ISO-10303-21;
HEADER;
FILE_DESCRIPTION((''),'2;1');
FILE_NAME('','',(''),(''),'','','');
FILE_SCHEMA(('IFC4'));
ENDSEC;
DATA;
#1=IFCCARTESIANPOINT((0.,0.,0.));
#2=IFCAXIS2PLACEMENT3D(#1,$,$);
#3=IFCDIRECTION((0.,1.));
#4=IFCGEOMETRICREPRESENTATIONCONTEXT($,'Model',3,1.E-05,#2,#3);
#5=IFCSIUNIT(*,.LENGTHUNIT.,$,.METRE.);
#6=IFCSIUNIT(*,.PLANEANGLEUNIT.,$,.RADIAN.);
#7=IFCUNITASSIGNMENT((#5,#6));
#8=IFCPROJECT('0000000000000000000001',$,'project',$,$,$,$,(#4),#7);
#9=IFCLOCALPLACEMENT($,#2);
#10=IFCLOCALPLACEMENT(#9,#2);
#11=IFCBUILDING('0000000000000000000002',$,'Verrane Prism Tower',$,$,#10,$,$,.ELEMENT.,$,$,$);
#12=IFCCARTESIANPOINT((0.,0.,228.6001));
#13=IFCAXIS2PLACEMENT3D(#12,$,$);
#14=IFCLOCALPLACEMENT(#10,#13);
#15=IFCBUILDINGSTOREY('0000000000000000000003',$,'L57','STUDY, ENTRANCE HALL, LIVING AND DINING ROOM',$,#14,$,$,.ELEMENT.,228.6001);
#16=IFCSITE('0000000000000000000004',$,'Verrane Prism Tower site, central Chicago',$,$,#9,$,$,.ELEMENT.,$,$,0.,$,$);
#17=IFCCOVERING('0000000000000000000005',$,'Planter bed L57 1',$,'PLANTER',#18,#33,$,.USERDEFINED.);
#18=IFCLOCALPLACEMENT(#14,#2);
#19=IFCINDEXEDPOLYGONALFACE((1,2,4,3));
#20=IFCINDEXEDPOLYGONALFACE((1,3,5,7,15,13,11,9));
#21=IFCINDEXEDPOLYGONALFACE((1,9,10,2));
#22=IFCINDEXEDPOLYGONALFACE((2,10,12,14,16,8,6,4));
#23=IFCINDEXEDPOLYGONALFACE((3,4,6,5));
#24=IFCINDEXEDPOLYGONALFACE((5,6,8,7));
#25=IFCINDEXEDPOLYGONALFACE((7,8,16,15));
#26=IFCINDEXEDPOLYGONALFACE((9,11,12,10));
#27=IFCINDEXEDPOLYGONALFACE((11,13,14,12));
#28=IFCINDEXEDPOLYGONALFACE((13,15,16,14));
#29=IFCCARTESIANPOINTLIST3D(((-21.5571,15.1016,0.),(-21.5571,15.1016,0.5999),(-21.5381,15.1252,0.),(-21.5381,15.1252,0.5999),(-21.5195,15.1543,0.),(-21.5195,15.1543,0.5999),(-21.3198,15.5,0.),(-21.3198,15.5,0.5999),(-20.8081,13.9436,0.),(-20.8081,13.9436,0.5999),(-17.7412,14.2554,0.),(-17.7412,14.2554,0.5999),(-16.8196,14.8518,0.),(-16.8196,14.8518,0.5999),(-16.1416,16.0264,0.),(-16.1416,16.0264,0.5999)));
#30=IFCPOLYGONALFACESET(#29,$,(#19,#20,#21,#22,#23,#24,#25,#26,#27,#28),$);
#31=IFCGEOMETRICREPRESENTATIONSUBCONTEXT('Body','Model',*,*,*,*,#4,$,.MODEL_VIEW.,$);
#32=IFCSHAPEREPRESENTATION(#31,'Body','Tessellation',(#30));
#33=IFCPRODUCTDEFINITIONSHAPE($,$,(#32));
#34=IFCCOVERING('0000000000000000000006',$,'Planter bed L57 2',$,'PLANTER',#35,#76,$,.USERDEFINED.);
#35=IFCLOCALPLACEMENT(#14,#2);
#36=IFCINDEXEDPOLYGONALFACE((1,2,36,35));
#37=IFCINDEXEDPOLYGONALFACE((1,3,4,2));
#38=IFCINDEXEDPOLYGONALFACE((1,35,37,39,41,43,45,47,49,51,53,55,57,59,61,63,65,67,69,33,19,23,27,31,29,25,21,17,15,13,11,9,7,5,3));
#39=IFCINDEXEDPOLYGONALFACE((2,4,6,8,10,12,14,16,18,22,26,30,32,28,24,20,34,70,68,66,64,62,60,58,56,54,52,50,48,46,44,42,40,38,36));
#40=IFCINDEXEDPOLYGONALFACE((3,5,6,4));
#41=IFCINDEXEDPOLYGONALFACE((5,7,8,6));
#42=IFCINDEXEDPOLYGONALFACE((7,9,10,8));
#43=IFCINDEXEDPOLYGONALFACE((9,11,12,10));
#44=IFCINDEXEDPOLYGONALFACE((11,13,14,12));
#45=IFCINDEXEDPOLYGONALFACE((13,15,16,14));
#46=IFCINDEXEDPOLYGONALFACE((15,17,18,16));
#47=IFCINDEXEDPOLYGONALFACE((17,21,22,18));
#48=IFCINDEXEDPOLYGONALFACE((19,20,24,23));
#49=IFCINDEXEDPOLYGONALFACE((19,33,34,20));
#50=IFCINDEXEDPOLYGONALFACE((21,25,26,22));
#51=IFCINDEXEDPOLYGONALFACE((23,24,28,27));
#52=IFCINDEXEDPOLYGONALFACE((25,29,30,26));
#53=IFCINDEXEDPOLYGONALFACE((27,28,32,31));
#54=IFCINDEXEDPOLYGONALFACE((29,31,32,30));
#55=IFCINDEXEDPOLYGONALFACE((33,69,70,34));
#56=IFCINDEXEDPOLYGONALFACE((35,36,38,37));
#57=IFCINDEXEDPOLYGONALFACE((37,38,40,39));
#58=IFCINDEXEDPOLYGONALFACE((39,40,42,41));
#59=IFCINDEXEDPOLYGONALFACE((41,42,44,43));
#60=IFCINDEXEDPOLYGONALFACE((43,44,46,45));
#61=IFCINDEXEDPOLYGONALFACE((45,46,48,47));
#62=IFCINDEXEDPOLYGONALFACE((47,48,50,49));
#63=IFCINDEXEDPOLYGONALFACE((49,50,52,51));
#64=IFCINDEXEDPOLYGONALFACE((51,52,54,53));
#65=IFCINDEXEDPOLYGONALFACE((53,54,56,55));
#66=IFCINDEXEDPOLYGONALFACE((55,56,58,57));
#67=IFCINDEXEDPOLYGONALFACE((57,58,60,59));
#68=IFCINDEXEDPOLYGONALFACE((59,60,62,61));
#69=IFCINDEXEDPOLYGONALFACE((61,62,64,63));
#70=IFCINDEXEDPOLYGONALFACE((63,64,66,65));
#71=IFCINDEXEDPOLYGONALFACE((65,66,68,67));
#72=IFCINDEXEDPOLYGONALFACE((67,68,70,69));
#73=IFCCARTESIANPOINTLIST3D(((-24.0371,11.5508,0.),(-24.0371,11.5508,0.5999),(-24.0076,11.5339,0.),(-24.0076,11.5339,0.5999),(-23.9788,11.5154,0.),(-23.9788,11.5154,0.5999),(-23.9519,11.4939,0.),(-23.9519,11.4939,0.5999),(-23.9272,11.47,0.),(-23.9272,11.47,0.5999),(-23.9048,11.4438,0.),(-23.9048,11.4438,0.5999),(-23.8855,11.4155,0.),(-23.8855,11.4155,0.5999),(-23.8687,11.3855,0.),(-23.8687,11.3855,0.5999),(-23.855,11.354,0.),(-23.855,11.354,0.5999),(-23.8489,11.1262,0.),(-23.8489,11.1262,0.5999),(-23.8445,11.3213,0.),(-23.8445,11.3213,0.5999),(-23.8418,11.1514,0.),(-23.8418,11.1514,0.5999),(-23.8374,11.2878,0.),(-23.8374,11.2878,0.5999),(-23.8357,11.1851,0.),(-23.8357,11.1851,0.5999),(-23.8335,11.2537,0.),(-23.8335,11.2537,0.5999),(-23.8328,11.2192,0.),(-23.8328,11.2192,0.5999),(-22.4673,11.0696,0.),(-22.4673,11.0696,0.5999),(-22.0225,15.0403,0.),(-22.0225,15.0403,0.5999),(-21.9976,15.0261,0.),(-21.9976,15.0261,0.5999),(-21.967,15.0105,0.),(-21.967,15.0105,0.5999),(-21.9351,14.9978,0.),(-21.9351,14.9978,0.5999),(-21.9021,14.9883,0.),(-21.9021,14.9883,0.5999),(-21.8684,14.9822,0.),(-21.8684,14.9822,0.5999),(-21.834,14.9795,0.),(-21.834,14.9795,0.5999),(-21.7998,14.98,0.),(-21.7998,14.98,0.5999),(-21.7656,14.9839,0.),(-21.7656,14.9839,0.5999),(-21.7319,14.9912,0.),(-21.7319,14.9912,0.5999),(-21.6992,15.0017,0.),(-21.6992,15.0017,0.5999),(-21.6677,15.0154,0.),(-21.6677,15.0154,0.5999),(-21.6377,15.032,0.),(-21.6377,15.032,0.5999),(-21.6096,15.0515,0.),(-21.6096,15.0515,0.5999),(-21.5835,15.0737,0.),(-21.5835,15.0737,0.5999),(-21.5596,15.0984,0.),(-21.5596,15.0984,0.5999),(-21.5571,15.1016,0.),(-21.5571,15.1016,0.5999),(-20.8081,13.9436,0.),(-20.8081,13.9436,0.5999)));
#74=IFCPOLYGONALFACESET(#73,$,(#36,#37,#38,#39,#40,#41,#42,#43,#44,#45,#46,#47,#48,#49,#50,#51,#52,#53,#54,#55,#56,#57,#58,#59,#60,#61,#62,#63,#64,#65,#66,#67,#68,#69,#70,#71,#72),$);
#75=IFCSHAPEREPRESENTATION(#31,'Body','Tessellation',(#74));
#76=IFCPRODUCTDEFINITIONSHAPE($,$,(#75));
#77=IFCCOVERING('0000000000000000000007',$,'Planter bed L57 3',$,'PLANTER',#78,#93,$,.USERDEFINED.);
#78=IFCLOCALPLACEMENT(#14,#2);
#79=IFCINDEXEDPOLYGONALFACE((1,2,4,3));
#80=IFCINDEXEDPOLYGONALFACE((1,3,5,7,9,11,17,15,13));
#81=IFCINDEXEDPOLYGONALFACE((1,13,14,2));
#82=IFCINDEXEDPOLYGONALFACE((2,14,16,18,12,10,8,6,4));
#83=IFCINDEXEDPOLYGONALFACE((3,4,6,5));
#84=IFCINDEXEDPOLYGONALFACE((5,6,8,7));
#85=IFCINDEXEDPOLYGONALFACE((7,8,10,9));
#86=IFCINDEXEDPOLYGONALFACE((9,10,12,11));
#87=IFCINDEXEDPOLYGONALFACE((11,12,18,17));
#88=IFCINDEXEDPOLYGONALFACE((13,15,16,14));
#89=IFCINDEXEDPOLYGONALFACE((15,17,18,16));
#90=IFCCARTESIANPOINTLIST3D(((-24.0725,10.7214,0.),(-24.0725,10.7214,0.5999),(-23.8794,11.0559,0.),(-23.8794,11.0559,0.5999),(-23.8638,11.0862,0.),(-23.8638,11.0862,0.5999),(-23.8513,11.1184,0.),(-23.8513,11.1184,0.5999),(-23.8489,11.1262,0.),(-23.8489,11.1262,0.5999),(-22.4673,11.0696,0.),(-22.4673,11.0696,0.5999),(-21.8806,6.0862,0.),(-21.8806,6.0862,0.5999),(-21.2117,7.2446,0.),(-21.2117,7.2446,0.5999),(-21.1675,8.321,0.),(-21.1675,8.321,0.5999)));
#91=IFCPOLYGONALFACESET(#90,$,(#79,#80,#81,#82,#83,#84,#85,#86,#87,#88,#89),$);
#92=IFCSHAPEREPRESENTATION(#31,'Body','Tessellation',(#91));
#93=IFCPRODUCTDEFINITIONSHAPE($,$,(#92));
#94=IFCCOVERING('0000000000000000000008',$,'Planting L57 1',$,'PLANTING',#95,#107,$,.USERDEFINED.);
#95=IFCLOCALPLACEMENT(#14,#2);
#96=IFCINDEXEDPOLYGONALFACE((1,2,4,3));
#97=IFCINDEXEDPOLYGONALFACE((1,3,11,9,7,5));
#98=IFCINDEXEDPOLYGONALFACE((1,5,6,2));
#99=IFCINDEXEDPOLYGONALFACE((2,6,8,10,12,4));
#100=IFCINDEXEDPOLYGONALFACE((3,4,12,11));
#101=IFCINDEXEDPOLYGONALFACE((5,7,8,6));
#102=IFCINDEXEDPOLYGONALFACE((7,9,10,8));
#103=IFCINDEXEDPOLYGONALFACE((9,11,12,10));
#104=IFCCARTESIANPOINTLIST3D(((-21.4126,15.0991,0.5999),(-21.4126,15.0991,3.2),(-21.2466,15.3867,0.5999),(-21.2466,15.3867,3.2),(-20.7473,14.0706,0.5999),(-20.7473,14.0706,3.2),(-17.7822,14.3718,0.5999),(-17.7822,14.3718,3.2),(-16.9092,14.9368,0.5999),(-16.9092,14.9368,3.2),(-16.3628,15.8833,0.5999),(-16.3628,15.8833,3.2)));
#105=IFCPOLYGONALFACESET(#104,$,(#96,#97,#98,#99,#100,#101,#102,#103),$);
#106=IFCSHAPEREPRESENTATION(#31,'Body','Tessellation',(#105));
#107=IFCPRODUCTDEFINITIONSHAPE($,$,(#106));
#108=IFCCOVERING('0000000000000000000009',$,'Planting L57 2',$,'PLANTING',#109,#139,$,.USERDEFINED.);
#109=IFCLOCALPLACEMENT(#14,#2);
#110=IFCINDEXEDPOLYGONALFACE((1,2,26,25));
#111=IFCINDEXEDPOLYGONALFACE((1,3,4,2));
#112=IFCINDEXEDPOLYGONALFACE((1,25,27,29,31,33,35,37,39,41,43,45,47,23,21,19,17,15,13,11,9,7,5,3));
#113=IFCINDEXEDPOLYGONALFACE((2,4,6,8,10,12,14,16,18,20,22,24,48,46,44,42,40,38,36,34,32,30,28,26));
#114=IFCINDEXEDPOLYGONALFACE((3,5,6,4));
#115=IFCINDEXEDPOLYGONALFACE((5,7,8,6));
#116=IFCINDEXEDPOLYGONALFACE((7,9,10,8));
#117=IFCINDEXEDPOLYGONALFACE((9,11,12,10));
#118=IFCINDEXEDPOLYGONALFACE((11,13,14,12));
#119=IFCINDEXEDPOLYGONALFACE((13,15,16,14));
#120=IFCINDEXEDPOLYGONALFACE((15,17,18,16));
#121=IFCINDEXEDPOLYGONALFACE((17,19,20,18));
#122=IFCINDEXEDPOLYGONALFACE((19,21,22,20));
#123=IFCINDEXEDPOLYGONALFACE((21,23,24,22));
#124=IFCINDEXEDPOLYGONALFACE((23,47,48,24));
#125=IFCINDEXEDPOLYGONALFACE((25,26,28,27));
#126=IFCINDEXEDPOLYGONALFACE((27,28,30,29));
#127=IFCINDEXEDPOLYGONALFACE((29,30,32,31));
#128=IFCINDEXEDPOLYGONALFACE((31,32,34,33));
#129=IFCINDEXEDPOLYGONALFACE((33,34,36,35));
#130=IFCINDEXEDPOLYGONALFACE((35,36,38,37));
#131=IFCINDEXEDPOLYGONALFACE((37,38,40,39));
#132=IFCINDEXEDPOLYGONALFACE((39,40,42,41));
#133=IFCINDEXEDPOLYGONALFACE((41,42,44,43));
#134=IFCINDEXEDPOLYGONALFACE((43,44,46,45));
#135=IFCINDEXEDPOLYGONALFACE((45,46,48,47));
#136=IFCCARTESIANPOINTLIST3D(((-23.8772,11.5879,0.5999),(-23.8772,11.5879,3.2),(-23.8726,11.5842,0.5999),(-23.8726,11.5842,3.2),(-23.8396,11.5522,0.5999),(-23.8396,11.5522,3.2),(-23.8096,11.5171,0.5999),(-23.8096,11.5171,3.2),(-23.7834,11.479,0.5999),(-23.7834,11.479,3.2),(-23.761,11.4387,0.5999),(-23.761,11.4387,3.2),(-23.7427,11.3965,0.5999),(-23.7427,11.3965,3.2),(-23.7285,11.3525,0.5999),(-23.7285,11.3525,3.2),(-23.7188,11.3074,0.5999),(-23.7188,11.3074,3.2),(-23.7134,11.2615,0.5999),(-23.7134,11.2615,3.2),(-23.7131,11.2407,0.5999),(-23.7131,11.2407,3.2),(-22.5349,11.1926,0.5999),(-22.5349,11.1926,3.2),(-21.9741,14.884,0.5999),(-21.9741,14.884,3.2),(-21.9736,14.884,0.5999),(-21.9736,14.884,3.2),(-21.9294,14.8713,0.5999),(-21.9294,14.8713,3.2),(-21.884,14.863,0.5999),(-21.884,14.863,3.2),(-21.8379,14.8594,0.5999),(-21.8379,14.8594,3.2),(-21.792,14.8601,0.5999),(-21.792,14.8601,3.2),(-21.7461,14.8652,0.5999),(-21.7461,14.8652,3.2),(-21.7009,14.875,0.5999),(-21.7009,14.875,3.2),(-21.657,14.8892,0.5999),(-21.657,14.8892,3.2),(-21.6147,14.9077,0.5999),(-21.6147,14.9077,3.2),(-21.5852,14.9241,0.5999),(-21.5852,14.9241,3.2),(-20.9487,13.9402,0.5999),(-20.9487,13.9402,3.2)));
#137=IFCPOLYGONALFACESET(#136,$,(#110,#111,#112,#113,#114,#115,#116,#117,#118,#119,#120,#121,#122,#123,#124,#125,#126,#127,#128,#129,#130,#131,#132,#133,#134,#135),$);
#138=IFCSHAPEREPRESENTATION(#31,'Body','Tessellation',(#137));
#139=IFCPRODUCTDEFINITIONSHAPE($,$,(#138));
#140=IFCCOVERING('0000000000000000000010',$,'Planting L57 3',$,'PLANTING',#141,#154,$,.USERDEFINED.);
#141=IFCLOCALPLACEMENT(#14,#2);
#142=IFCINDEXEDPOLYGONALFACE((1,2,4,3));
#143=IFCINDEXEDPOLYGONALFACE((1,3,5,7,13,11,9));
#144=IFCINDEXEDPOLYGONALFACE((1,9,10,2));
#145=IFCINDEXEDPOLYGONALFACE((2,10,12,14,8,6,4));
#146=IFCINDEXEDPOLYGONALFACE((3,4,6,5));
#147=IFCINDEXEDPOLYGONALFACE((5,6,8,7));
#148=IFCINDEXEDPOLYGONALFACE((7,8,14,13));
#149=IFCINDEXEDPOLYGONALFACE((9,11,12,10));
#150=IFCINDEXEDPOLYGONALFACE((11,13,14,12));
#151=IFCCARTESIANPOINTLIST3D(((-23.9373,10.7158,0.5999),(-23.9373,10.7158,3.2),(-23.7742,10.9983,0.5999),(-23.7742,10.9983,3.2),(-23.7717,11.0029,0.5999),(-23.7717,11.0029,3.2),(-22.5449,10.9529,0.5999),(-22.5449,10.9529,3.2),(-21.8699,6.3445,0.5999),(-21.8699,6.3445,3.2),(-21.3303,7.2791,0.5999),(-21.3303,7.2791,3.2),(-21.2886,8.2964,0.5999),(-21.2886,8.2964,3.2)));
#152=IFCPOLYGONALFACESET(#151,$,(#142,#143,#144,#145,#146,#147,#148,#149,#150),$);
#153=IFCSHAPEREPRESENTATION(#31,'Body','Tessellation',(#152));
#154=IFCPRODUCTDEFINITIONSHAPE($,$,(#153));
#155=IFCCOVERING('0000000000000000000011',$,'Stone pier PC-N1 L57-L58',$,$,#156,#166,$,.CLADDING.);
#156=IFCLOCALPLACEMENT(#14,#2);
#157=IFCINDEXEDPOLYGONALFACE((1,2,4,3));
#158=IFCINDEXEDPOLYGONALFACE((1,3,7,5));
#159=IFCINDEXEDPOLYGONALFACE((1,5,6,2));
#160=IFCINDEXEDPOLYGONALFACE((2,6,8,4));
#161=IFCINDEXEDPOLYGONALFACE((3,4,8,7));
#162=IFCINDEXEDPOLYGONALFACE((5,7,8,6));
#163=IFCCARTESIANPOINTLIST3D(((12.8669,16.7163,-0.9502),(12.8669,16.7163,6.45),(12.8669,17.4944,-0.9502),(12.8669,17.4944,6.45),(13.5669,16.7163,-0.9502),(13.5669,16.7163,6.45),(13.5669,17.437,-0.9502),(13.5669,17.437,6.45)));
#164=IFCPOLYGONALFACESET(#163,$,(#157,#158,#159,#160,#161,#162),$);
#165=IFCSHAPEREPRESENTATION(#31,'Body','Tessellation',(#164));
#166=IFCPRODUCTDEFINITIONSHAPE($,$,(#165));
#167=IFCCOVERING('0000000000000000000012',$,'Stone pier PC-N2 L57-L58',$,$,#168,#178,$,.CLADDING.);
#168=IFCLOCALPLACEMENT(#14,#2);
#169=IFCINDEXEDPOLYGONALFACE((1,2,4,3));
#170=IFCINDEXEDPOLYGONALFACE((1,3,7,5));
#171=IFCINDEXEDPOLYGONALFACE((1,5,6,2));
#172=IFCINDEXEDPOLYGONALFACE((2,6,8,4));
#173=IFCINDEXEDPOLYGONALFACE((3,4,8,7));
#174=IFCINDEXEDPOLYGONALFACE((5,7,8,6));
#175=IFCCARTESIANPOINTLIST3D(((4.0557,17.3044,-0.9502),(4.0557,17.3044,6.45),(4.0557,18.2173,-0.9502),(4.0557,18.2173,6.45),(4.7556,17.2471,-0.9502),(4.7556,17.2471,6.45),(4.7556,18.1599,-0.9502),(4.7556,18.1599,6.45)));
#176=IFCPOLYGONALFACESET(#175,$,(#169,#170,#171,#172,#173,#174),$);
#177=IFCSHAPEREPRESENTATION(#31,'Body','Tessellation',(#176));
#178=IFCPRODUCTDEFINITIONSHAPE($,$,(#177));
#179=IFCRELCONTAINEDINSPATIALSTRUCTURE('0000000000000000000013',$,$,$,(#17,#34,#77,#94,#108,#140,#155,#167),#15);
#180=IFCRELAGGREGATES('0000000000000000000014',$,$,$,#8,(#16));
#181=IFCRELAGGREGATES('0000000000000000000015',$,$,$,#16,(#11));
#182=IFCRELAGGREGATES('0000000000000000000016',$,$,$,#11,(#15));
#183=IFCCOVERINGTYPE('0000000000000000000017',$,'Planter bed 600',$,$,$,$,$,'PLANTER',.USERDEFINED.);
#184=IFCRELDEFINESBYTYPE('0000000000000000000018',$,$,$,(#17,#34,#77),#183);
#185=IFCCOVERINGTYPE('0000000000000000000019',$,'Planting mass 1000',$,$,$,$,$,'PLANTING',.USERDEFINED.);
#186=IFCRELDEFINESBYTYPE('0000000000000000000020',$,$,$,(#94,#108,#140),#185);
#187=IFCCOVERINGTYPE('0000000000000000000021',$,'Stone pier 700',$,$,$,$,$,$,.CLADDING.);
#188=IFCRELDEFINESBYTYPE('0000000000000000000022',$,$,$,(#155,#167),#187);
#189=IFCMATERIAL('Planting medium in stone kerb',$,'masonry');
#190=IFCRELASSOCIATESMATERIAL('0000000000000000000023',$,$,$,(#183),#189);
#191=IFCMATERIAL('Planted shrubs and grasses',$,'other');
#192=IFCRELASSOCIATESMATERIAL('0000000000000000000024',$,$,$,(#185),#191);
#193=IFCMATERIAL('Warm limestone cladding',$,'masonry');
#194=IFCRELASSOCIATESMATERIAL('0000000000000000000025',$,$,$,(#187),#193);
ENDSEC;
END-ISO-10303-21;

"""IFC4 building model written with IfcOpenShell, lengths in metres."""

from ifc_helpers import new_model, si_unit, direction, frame, origin, place, context, subcontext, project, spatial, polyline, outline, extrude, material, type_object, element, save


model = new_model("IFC4")

# Units and contexts
model_context = context("Model", 3, precision=1e-05, world=origin(), true_north=direction((0.0, 1.0)))
body_context = subcontext(model_context, "Body", "Model", "MODEL_VIEW")
ifc_project = project(units=[si_unit("LENGTHUNIT", "METRE"), si_unit("PLANEANGLEUNIT", "RADIAN")], contexts=[model_context])

# Site, building, storey
site_placement = place(None, origin())
site = spatial("IfcSite", under=ifc_project, at=site_placement, Name="Verrane Prism Tower site, central Chicago", CompositionType="ELEMENT", RefElevation=0.0)
building_placement = place(site_placement, origin())
building = spatial("IfcBuilding", under=site, at=building_placement, Name="Verrane Prism Tower", CompositionType="ELEMENT")
storey_placement = place(building_placement, frame((0.0, 0.0, 228.6001)))
storey = spatial("IfcBuildingStorey", under=building, at=storey_placement, Name="L57", Description="STUDY, ENTRANCE HALL, LIVING AND DINING ROOM", CompositionType="ELEMENT", Elevation=228.6001)

# Coverings
ifc_material_1 = material(Name="Planting medium in stone kerb", Category="masonry")
covering_type_1 = type_object("IfcCoveringType", Name="Planter bed 600", ElementType="PLANTER", PredefinedType="USERDEFINED", material=ifc_material_1)
covering_1_placement = place(storey_placement, origin())
element("IfcCovering", 1, at=covering_1_placement, inside=storey, type_object=covering_type_1, Name="Planter bed L57 1", ObjectType="PLANTER", PredefinedType="USERDEFINED", context=body_context, shape_type="SweptSolid", body=[
    extrude(outline(polyline([(-21.5571, 15.1016), (-20.8081, 13.9436), (-17.7412, 14.2554), (-16.8196, 14.8518), (-16.1416, 16.0264), (-21.3198, 15.5), (-21.5195, 15.1543), (-21.5381, 15.1252), (-21.5571, 15.1016)])), origin(), (0.0, 0.0, 1.0), 0.5999),
])
covering_2_placement = place(storey_placement, origin())
element("IfcCovering", 2, at=covering_2_placement, inside=storey, type_object=covering_type_1, Name="Planter bed L57 2", ObjectType="PLANTER", PredefinedType="USERDEFINED", context=body_context, shape_type="SweptSolid", body=[
    extrude(outline(polyline([(-23.8489, 11.1262), (-22.4673, 11.0696), (-20.8081, 13.9436), (-21.5571, 15.1016), (-21.5596, 15.0984), (-21.5835, 15.0737), (-21.6096, 15.0515), (-21.6377, 15.032), (-21.6677, 15.0154), (-21.6992, 15.0017), (-21.7319, 14.9912), (-21.7656, 14.9839), (-21.7998, 14.98), (-21.834, 14.9795), (-21.8684, 14.9822), (-21.9021, 14.9883), (-21.9351, 14.9978), (-21.967, 15.0105), (-21.9976, 15.0261), (-22.0225, 15.0403), (-24.0371, 11.5508), (-24.0076, 11.5339), (-23.9788, 11.5154), (-23.9519, 11.4939), (-23.9272, 11.47), (-23.9048, 11.4438), (-23.8855, 11.4155), (-23.8687, 11.3855), (-23.855, 11.354), (-23.8445, 11.3213), (-23.8374, 11.2878), (-23.8335, 11.2537), (-23.8328, 11.2192), (-23.8357, 11.1851), (-23.8418, 11.1514), (-23.8489, 11.1262)])), origin(), (0.0, 0.0, 1.0), 0.5999),
])
covering_3_placement = place(storey_placement, origin())
element("IfcCovering", 3, at=covering_3_placement, inside=storey, type_object=covering_type_1, Name="Planter bed L57 3", ObjectType="PLANTER", PredefinedType="USERDEFINED", context=body_context, shape_type="SweptSolid", body=[
    extrude(outline(polyline([(-21.8806, 6.0862), (-21.2117, 7.2446), (-21.1675, 8.321), (-22.4673, 11.0696), (-23.8489, 11.1262), (-23.8513, 11.1184), (-23.8638, 11.0862), (-23.8794, 11.0559), (-24.0725, 10.7214), (-21.8806, 6.0862)])), origin(), (0.0, 0.0, 1.0), 0.5999),
])
ifc_material_2 = material(Name="Planted shrubs and grasses", Category="other")
covering_type_2 = type_object("IfcCoveringType", Name="Planting mass 1000", ElementType="PLANTING", PredefinedType="USERDEFINED", material=ifc_material_2)
covering_4_placement = place(storey_placement, frame((0.0, 0.0, 0.5999)))
element("IfcCovering", 4, at=covering_4_placement, inside=storey, type_object=covering_type_2, Name="Planting L57 1", ObjectType="PLANTING", PredefinedType="USERDEFINED", context=body_context, shape_type="SweptSolid", body=[
    extrude(outline(polyline([(-20.7473, 14.0706), (-17.7822, 14.3718), (-16.9092, 14.9368), (-16.3628, 15.8833), (-21.2466, 15.3867), (-21.4126, 15.0991), (-20.7473, 14.0706)])), origin(), (0.0, 0.0, 1.0), 2.6001),
])
covering_5_placement = place(storey_placement, frame((0.0, 0.0, 0.5999)))
element("IfcCovering", 5, at=covering_5_placement, inside=storey, type_object=covering_type_2, Name="Planting L57 2", ObjectType="PLANTING", PredefinedType="USERDEFINED", context=body_context, shape_type="SweptSolid", body=[
    extrude(outline(polyline([(-23.8726, 11.5842), (-23.8396, 11.5522), (-23.8096, 11.5171), (-23.7834, 11.479), (-23.761, 11.4387), (-23.7427, 11.3965), (-23.7285, 11.3525), (-23.7188, 11.3074), (-23.7134, 11.2615), (-23.7131, 11.2407), (-22.5349, 11.1926), (-20.9487, 13.9402), (-21.5852, 14.9241), (-21.6147, 14.9077), (-21.657, 14.8892), (-21.7009, 14.875), (-21.7461, 14.8652), (-21.792, 14.8601), (-21.8379, 14.8594), (-21.884, 14.863), (-21.9294, 14.8713), (-21.9736, 14.884), (-21.9741, 14.884), (-23.8772, 11.5879), (-23.8726, 11.5842)])), origin(), (0.0, 0.0, 1.0), 2.6001),
])
covering_6_placement = place(storey_placement, frame((0.0, 0.0, 0.5999)))
element("IfcCovering", 6, at=covering_6_placement, inside=storey, type_object=covering_type_2, Name="Planting L57 3", ObjectType="PLANTING", PredefinedType="USERDEFINED", context=body_context, shape_type="SweptSolid", body=[
    extrude(outline(polyline([(-21.8699, 6.3445), (-21.3303, 7.2791), (-21.2886, 8.2964), (-22.5449, 10.9529), (-23.7717, 11.0029), (-23.7742, 10.9983), (-23.9373, 10.7158), (-21.8699, 6.3445)])), origin(), (0.0, 0.0, 1.0), 2.6001),
])
ifc_material_3 = material(Name="Warm limestone cladding", Category="masonry")
covering_type_3 = type_object("IfcCoveringType", Name="Stone pier 700", PredefinedType="CLADDING", material=ifc_material_3)
covering_7_placement = place(storey_placement, frame((0.0, 0.0, -0.9502)))
element("IfcCovering", 7, at=covering_7_placement, inside=storey, type_object=covering_type_3, Name="Stone pier PC-N1 L57-L58", PredefinedType="CLADDING", context=body_context, shape_type="SweptSolid", body=[
    extrude(outline(polyline([(12.8669, 16.7163), (13.5669, 16.7163), (13.5669, 17.437), (12.8669, 17.4944), (12.8669, 16.7163)])), origin(), (0.0, 0.0, 1.0), 7.4001),
])
covering_8_placement = place(storey_placement, frame((0.0, 0.0, -0.9502)))
element("IfcCovering", 8, at=covering_8_placement, inside=storey, type_object=covering_type_3, Name="Stone pier PC-N2 L57-L58", PredefinedType="CLADDING", context=body_context, shape_type="SweptSolid", body=[
    extrude(outline(polyline([(4.0557, 18.2173), (4.0557, 17.3044), (4.7556, 17.2471), (4.7556, 18.1599), (4.0557, 18.2173)])), origin(), (0.0, 0.0, 1.0), 7.4001),
])

save(model, "model.ifc")
